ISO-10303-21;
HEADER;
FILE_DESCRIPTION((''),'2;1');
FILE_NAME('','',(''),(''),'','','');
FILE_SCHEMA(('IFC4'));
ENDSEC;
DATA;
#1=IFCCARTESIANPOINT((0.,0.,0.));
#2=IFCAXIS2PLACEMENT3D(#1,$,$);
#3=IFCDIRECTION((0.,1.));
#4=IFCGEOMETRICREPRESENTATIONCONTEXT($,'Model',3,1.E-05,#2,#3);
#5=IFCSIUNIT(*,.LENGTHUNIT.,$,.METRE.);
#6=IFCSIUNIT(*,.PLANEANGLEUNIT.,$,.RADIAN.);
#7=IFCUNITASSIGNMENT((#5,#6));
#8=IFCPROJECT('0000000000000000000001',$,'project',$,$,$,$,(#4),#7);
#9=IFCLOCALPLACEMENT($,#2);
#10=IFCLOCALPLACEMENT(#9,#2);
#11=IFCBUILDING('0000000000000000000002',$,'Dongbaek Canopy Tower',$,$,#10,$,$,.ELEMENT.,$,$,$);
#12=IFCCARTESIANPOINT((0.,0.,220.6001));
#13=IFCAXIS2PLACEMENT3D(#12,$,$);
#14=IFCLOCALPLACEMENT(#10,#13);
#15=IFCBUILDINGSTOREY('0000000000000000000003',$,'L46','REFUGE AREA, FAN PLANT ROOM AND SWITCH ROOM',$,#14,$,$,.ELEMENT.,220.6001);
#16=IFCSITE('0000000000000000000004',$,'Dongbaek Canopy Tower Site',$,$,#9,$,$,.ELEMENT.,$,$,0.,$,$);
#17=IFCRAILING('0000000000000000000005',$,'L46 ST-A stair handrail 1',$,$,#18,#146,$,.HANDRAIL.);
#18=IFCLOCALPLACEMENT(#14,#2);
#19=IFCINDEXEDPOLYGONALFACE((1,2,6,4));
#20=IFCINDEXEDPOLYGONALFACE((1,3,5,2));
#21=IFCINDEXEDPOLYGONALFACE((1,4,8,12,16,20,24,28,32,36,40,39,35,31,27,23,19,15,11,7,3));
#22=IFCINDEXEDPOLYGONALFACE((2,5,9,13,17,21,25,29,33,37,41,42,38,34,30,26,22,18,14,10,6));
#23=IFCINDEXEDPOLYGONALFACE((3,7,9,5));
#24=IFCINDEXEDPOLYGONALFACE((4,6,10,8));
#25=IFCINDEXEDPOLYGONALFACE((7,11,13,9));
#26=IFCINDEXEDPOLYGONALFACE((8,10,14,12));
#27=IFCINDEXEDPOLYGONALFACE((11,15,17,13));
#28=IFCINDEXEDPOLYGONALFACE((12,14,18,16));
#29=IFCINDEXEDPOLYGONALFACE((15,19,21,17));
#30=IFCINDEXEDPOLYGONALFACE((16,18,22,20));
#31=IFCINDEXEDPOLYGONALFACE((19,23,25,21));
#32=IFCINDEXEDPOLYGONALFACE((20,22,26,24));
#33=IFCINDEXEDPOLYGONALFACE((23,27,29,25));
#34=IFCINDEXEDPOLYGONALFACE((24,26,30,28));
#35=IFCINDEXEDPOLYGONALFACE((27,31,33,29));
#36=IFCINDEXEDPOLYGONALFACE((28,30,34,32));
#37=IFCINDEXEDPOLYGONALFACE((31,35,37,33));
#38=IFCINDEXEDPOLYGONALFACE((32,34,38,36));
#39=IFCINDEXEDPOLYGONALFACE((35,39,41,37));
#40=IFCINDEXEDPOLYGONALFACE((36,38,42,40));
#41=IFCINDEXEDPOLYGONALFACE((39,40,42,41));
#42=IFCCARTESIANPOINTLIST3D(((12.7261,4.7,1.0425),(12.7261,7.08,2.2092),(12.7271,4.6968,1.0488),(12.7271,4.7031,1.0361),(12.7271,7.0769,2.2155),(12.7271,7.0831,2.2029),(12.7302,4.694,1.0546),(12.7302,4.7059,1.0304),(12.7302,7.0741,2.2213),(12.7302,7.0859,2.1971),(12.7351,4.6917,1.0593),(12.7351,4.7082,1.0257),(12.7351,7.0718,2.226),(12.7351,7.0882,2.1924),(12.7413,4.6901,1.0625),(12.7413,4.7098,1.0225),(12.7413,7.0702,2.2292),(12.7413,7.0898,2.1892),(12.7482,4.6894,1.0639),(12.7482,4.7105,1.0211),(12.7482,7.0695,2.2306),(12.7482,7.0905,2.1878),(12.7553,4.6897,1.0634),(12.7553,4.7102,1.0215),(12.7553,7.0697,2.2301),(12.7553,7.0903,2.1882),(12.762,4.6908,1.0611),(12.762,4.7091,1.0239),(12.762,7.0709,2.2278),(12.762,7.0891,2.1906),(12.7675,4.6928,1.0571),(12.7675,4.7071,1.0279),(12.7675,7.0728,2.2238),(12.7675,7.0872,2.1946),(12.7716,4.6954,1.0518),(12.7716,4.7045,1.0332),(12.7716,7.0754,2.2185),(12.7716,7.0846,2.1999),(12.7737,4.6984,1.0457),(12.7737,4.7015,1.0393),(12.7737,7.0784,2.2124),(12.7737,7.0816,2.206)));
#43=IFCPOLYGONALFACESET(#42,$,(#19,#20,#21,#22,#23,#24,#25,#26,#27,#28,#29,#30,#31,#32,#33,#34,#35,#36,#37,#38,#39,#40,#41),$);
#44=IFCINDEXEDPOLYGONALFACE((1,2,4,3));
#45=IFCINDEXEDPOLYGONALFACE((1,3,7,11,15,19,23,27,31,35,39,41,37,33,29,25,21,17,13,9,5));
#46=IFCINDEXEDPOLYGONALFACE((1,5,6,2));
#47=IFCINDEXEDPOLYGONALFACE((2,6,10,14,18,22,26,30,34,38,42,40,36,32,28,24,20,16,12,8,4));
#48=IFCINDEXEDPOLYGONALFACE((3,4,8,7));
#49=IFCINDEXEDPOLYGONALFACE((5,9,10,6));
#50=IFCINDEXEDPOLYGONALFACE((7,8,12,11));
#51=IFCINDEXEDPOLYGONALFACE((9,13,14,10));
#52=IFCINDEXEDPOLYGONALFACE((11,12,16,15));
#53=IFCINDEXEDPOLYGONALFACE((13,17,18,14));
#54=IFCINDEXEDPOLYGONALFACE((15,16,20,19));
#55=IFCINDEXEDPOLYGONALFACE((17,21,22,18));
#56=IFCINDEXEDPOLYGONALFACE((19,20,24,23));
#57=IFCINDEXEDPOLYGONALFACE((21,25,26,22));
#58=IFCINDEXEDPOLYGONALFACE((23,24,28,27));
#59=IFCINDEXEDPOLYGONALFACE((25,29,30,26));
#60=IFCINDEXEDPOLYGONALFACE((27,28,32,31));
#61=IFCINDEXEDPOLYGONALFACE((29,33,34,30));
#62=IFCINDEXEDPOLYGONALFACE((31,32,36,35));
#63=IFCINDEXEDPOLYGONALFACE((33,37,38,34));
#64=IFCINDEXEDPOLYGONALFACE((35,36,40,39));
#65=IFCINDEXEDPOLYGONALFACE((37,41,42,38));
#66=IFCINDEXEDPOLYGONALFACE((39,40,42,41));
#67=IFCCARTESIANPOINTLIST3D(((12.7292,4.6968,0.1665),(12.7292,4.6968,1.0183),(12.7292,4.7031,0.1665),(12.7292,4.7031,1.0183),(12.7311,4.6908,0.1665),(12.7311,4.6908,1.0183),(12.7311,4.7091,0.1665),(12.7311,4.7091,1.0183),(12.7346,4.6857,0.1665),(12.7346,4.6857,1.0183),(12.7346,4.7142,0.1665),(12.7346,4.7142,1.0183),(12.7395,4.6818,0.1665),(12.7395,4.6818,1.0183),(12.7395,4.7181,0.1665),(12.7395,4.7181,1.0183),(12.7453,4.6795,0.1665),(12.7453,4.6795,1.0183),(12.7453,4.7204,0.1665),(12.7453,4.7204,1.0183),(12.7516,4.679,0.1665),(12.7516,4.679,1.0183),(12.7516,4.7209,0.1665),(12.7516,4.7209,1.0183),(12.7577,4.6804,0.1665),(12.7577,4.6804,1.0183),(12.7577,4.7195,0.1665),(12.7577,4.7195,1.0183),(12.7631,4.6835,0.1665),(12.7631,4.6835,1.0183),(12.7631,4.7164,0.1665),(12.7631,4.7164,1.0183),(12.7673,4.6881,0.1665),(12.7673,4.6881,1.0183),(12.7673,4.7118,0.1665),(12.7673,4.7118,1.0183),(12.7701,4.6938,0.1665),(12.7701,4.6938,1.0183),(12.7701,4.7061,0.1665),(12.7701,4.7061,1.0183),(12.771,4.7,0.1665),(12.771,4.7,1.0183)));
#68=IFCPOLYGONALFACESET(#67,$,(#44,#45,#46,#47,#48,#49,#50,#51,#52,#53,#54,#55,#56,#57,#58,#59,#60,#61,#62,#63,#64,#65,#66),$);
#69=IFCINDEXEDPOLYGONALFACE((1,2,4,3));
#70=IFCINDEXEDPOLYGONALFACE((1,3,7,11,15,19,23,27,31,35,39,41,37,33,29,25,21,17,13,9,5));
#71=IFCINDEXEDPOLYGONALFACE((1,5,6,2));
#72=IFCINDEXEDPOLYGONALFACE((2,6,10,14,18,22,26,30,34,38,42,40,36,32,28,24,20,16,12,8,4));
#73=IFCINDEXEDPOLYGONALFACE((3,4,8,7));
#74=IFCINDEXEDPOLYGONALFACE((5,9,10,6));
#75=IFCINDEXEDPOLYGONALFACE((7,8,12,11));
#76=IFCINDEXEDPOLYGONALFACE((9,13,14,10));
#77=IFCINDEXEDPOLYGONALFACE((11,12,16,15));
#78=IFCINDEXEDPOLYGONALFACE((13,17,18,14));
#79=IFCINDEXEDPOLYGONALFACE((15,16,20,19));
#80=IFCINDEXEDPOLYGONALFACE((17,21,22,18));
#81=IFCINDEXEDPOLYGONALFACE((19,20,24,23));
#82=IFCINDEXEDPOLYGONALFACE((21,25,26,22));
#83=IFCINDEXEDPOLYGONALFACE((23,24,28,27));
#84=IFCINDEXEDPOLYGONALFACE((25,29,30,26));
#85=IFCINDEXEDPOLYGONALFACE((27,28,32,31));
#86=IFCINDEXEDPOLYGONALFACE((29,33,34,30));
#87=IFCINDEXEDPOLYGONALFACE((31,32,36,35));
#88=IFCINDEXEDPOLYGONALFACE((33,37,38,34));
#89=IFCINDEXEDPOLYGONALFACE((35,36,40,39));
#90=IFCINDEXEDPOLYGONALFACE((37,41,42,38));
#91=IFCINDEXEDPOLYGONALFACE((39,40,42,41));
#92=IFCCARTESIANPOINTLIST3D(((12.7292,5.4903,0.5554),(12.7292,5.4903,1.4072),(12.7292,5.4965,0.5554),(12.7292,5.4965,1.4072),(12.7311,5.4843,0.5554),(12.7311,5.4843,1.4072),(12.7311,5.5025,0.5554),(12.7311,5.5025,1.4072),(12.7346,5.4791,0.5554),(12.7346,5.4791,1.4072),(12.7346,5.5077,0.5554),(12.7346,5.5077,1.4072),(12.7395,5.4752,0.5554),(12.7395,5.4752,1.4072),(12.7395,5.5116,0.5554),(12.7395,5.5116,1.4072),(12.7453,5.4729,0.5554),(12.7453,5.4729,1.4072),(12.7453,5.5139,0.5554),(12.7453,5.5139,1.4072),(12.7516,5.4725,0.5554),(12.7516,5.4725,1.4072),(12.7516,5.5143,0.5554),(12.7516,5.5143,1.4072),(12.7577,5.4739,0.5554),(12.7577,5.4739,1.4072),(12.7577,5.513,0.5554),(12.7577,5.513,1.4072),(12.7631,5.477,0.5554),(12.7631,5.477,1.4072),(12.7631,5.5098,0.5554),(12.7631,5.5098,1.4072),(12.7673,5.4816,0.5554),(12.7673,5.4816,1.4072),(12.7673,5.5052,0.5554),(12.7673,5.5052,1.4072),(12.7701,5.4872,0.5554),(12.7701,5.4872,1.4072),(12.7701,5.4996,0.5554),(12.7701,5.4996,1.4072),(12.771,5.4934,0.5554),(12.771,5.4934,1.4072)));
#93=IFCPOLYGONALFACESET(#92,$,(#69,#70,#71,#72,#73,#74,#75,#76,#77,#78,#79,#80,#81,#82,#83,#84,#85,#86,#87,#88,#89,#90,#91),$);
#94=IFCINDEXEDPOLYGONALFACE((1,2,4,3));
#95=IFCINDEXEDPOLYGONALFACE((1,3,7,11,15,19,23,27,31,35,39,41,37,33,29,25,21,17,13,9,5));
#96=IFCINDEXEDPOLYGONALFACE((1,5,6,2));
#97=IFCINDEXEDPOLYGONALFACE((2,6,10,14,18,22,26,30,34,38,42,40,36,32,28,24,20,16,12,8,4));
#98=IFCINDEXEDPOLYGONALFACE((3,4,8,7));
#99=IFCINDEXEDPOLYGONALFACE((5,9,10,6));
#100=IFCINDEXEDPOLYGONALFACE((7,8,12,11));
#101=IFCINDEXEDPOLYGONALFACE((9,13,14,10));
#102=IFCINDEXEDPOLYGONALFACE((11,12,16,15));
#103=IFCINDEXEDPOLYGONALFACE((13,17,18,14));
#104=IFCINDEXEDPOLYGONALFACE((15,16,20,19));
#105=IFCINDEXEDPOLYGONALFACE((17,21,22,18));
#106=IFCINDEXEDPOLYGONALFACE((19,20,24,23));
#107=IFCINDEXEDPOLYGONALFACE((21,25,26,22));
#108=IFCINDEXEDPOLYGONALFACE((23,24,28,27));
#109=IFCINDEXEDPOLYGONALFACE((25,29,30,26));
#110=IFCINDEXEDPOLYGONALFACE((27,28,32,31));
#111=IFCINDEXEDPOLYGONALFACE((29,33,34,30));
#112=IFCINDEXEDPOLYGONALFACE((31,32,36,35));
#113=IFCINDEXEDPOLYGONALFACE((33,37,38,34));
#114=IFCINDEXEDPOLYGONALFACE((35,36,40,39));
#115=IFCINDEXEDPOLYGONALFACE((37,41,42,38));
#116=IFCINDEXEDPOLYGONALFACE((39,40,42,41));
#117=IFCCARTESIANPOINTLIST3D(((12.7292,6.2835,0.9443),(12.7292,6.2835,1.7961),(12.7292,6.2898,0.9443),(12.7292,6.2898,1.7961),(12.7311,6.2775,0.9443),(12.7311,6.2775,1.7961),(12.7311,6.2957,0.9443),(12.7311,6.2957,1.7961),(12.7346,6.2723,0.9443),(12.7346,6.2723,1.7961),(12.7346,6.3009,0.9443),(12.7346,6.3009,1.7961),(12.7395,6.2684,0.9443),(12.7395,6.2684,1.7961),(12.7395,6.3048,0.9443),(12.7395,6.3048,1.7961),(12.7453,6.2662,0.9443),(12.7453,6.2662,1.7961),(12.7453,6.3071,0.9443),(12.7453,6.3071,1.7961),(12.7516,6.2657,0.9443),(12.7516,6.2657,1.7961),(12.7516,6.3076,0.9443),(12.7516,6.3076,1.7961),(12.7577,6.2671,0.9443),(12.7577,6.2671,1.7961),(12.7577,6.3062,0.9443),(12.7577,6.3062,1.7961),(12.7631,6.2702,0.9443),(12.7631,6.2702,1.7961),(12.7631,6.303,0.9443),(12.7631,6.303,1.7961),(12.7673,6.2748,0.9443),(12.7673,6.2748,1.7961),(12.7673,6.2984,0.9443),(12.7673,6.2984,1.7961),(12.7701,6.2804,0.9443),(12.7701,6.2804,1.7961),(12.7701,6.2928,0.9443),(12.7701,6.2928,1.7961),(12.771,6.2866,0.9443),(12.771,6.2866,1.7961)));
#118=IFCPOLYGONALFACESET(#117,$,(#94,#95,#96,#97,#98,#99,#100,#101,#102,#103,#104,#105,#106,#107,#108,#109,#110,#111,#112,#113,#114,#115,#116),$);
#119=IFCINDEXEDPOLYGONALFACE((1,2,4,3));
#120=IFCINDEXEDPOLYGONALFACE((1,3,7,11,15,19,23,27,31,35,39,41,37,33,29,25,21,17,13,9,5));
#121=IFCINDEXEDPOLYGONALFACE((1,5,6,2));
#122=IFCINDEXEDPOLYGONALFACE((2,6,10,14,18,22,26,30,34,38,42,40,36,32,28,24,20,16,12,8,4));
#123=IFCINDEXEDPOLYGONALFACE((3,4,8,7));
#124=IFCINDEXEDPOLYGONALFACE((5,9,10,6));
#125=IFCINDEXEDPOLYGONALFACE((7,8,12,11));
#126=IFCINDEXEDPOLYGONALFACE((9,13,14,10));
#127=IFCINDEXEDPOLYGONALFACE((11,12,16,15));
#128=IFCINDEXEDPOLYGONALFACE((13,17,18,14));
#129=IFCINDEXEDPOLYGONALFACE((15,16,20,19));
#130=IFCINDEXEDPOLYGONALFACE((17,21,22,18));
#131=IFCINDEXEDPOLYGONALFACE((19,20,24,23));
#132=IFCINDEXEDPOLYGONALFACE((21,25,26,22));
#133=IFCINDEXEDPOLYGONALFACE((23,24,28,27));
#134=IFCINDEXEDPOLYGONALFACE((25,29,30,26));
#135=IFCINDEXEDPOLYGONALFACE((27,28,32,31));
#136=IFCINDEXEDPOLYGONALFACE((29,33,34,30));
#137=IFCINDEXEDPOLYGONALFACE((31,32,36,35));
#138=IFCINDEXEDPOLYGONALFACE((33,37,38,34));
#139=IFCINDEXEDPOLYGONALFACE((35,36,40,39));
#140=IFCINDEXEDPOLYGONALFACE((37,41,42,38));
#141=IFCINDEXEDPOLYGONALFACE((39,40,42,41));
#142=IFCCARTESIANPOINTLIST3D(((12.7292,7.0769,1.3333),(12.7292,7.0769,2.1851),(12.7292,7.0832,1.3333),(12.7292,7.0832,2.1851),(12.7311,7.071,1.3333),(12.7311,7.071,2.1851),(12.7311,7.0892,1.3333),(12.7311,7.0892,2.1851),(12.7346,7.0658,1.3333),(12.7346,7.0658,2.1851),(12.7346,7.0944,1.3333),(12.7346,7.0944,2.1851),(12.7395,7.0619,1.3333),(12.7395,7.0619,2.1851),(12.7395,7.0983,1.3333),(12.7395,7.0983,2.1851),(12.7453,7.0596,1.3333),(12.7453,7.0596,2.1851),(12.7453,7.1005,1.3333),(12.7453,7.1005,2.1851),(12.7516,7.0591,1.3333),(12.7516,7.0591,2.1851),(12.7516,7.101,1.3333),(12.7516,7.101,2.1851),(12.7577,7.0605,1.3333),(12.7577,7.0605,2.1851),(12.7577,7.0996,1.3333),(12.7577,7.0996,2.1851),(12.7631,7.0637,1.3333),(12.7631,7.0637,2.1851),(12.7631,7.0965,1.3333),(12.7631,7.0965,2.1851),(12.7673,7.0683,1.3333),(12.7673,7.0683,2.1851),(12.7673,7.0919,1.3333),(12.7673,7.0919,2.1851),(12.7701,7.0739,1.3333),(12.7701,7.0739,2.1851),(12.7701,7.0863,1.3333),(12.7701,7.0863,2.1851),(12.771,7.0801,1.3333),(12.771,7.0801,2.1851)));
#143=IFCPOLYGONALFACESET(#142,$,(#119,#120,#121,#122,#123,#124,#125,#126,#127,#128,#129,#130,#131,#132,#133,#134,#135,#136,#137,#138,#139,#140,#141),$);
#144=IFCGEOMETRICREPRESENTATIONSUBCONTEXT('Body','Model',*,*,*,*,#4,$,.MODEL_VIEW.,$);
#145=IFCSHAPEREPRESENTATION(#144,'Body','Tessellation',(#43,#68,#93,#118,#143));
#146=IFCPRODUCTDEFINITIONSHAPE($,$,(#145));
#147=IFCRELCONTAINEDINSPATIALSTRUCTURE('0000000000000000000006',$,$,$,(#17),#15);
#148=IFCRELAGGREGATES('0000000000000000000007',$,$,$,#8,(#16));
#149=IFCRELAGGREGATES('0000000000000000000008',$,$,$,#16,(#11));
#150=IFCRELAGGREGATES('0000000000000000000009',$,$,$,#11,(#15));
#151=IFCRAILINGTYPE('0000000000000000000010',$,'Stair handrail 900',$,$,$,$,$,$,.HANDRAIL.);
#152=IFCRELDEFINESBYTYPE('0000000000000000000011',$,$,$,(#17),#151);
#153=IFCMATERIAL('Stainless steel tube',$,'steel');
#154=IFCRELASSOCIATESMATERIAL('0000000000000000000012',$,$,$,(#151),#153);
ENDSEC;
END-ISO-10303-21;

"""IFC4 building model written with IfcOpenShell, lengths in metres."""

from ifc_helpers import new_model, si_unit, direction, frame, origin, origin_2d, place, context, subcontext, project, spatial, circle, extrude, material, type_object, element, save


model = new_model("IFC4")

# Units and contexts
model_context = context("Model", 3, precision=1e-05, world=origin(), true_north=direction((0.0, 1.0)))
body_context = subcontext(model_context, "Body", "Model", "MODEL_VIEW")
ifc_project = project(units=[si_unit("LENGTHUNIT", "METRE"), si_unit("PLANEANGLEUNIT", "RADIAN")], contexts=[model_context])

# Site, building, storey
site_placement = place(None, origin())
site = spatial("IfcSite", under=ifc_project, at=site_placement, Name="Dongbaek Canopy Tower Site", CompositionType="ELEMENT", RefElevation=0.0)
building_placement = place(site_placement, origin())
building = spatial("IfcBuilding", under=site, at=building_placement, Name="Dongbaek Canopy Tower", CompositionType="ELEMENT")
storey_placement = place(building_placement, frame((0.0, 0.0, 220.6001)))
storey = spatial("IfcBuildingStorey", under=building, at=storey_placement, Name="L46", Description="REFUGE AREA, FAN PLANT ROOM AND SWITCH ROOM", CompositionType="ELEMENT", Elevation=220.6001)

# Railing
ifc_material_1 = material(Name="Stainless steel tube", Category="steel")
railing_type_1 = type_object("IfcRailingType", Name="Stair handrail 900", PredefinedType="HANDRAIL", material=ifc_material_1)
for number, where, name in (
    (1, (12.75, 4.7, 0.1665), "L46 ST-A stair handrail 1"),
):
    element("IfcRailing", number, at=place(storey_placement, frame(where)), inside=storey, type_object=railing_type_1, Name=name, PredefinedType="HANDRAIL", context=body_context, shape_type="SweptSolid", body=[
        extrude(circle(Radius=0.0239, at=origin_2d()), frame((0.0, 0.0, 0.876), z_axis=(0.0, 0.897918, 0.440163), x_axis=(-1.0, 0.0, 0.0)), (0.0, 0.0, 1.0), 2.6506),
        extrude(circle(Radius=0.021, at=origin_2d()), origin(), (0.0, 0.0, 1.0), 0.8518),
        extrude(circle(Radius=0.021, at=origin_2d()), frame((0.0, 0.7935, 0.3889)), (0.0, 0.0, 1.0), 0.8518),
        extrude(circle(Radius=0.021, at=origin_2d()), frame((0.0, 1.5867, 0.7778)), (0.0, 0.0, 1.0), 0.8518),
        extrude(circle(Radius=0.021, at=origin_2d()), frame((0.0, 2.3801, 1.1667)), (0.0, 0.0, 1.0), 0.8518),
    ])

save(model, "model.ifc")
